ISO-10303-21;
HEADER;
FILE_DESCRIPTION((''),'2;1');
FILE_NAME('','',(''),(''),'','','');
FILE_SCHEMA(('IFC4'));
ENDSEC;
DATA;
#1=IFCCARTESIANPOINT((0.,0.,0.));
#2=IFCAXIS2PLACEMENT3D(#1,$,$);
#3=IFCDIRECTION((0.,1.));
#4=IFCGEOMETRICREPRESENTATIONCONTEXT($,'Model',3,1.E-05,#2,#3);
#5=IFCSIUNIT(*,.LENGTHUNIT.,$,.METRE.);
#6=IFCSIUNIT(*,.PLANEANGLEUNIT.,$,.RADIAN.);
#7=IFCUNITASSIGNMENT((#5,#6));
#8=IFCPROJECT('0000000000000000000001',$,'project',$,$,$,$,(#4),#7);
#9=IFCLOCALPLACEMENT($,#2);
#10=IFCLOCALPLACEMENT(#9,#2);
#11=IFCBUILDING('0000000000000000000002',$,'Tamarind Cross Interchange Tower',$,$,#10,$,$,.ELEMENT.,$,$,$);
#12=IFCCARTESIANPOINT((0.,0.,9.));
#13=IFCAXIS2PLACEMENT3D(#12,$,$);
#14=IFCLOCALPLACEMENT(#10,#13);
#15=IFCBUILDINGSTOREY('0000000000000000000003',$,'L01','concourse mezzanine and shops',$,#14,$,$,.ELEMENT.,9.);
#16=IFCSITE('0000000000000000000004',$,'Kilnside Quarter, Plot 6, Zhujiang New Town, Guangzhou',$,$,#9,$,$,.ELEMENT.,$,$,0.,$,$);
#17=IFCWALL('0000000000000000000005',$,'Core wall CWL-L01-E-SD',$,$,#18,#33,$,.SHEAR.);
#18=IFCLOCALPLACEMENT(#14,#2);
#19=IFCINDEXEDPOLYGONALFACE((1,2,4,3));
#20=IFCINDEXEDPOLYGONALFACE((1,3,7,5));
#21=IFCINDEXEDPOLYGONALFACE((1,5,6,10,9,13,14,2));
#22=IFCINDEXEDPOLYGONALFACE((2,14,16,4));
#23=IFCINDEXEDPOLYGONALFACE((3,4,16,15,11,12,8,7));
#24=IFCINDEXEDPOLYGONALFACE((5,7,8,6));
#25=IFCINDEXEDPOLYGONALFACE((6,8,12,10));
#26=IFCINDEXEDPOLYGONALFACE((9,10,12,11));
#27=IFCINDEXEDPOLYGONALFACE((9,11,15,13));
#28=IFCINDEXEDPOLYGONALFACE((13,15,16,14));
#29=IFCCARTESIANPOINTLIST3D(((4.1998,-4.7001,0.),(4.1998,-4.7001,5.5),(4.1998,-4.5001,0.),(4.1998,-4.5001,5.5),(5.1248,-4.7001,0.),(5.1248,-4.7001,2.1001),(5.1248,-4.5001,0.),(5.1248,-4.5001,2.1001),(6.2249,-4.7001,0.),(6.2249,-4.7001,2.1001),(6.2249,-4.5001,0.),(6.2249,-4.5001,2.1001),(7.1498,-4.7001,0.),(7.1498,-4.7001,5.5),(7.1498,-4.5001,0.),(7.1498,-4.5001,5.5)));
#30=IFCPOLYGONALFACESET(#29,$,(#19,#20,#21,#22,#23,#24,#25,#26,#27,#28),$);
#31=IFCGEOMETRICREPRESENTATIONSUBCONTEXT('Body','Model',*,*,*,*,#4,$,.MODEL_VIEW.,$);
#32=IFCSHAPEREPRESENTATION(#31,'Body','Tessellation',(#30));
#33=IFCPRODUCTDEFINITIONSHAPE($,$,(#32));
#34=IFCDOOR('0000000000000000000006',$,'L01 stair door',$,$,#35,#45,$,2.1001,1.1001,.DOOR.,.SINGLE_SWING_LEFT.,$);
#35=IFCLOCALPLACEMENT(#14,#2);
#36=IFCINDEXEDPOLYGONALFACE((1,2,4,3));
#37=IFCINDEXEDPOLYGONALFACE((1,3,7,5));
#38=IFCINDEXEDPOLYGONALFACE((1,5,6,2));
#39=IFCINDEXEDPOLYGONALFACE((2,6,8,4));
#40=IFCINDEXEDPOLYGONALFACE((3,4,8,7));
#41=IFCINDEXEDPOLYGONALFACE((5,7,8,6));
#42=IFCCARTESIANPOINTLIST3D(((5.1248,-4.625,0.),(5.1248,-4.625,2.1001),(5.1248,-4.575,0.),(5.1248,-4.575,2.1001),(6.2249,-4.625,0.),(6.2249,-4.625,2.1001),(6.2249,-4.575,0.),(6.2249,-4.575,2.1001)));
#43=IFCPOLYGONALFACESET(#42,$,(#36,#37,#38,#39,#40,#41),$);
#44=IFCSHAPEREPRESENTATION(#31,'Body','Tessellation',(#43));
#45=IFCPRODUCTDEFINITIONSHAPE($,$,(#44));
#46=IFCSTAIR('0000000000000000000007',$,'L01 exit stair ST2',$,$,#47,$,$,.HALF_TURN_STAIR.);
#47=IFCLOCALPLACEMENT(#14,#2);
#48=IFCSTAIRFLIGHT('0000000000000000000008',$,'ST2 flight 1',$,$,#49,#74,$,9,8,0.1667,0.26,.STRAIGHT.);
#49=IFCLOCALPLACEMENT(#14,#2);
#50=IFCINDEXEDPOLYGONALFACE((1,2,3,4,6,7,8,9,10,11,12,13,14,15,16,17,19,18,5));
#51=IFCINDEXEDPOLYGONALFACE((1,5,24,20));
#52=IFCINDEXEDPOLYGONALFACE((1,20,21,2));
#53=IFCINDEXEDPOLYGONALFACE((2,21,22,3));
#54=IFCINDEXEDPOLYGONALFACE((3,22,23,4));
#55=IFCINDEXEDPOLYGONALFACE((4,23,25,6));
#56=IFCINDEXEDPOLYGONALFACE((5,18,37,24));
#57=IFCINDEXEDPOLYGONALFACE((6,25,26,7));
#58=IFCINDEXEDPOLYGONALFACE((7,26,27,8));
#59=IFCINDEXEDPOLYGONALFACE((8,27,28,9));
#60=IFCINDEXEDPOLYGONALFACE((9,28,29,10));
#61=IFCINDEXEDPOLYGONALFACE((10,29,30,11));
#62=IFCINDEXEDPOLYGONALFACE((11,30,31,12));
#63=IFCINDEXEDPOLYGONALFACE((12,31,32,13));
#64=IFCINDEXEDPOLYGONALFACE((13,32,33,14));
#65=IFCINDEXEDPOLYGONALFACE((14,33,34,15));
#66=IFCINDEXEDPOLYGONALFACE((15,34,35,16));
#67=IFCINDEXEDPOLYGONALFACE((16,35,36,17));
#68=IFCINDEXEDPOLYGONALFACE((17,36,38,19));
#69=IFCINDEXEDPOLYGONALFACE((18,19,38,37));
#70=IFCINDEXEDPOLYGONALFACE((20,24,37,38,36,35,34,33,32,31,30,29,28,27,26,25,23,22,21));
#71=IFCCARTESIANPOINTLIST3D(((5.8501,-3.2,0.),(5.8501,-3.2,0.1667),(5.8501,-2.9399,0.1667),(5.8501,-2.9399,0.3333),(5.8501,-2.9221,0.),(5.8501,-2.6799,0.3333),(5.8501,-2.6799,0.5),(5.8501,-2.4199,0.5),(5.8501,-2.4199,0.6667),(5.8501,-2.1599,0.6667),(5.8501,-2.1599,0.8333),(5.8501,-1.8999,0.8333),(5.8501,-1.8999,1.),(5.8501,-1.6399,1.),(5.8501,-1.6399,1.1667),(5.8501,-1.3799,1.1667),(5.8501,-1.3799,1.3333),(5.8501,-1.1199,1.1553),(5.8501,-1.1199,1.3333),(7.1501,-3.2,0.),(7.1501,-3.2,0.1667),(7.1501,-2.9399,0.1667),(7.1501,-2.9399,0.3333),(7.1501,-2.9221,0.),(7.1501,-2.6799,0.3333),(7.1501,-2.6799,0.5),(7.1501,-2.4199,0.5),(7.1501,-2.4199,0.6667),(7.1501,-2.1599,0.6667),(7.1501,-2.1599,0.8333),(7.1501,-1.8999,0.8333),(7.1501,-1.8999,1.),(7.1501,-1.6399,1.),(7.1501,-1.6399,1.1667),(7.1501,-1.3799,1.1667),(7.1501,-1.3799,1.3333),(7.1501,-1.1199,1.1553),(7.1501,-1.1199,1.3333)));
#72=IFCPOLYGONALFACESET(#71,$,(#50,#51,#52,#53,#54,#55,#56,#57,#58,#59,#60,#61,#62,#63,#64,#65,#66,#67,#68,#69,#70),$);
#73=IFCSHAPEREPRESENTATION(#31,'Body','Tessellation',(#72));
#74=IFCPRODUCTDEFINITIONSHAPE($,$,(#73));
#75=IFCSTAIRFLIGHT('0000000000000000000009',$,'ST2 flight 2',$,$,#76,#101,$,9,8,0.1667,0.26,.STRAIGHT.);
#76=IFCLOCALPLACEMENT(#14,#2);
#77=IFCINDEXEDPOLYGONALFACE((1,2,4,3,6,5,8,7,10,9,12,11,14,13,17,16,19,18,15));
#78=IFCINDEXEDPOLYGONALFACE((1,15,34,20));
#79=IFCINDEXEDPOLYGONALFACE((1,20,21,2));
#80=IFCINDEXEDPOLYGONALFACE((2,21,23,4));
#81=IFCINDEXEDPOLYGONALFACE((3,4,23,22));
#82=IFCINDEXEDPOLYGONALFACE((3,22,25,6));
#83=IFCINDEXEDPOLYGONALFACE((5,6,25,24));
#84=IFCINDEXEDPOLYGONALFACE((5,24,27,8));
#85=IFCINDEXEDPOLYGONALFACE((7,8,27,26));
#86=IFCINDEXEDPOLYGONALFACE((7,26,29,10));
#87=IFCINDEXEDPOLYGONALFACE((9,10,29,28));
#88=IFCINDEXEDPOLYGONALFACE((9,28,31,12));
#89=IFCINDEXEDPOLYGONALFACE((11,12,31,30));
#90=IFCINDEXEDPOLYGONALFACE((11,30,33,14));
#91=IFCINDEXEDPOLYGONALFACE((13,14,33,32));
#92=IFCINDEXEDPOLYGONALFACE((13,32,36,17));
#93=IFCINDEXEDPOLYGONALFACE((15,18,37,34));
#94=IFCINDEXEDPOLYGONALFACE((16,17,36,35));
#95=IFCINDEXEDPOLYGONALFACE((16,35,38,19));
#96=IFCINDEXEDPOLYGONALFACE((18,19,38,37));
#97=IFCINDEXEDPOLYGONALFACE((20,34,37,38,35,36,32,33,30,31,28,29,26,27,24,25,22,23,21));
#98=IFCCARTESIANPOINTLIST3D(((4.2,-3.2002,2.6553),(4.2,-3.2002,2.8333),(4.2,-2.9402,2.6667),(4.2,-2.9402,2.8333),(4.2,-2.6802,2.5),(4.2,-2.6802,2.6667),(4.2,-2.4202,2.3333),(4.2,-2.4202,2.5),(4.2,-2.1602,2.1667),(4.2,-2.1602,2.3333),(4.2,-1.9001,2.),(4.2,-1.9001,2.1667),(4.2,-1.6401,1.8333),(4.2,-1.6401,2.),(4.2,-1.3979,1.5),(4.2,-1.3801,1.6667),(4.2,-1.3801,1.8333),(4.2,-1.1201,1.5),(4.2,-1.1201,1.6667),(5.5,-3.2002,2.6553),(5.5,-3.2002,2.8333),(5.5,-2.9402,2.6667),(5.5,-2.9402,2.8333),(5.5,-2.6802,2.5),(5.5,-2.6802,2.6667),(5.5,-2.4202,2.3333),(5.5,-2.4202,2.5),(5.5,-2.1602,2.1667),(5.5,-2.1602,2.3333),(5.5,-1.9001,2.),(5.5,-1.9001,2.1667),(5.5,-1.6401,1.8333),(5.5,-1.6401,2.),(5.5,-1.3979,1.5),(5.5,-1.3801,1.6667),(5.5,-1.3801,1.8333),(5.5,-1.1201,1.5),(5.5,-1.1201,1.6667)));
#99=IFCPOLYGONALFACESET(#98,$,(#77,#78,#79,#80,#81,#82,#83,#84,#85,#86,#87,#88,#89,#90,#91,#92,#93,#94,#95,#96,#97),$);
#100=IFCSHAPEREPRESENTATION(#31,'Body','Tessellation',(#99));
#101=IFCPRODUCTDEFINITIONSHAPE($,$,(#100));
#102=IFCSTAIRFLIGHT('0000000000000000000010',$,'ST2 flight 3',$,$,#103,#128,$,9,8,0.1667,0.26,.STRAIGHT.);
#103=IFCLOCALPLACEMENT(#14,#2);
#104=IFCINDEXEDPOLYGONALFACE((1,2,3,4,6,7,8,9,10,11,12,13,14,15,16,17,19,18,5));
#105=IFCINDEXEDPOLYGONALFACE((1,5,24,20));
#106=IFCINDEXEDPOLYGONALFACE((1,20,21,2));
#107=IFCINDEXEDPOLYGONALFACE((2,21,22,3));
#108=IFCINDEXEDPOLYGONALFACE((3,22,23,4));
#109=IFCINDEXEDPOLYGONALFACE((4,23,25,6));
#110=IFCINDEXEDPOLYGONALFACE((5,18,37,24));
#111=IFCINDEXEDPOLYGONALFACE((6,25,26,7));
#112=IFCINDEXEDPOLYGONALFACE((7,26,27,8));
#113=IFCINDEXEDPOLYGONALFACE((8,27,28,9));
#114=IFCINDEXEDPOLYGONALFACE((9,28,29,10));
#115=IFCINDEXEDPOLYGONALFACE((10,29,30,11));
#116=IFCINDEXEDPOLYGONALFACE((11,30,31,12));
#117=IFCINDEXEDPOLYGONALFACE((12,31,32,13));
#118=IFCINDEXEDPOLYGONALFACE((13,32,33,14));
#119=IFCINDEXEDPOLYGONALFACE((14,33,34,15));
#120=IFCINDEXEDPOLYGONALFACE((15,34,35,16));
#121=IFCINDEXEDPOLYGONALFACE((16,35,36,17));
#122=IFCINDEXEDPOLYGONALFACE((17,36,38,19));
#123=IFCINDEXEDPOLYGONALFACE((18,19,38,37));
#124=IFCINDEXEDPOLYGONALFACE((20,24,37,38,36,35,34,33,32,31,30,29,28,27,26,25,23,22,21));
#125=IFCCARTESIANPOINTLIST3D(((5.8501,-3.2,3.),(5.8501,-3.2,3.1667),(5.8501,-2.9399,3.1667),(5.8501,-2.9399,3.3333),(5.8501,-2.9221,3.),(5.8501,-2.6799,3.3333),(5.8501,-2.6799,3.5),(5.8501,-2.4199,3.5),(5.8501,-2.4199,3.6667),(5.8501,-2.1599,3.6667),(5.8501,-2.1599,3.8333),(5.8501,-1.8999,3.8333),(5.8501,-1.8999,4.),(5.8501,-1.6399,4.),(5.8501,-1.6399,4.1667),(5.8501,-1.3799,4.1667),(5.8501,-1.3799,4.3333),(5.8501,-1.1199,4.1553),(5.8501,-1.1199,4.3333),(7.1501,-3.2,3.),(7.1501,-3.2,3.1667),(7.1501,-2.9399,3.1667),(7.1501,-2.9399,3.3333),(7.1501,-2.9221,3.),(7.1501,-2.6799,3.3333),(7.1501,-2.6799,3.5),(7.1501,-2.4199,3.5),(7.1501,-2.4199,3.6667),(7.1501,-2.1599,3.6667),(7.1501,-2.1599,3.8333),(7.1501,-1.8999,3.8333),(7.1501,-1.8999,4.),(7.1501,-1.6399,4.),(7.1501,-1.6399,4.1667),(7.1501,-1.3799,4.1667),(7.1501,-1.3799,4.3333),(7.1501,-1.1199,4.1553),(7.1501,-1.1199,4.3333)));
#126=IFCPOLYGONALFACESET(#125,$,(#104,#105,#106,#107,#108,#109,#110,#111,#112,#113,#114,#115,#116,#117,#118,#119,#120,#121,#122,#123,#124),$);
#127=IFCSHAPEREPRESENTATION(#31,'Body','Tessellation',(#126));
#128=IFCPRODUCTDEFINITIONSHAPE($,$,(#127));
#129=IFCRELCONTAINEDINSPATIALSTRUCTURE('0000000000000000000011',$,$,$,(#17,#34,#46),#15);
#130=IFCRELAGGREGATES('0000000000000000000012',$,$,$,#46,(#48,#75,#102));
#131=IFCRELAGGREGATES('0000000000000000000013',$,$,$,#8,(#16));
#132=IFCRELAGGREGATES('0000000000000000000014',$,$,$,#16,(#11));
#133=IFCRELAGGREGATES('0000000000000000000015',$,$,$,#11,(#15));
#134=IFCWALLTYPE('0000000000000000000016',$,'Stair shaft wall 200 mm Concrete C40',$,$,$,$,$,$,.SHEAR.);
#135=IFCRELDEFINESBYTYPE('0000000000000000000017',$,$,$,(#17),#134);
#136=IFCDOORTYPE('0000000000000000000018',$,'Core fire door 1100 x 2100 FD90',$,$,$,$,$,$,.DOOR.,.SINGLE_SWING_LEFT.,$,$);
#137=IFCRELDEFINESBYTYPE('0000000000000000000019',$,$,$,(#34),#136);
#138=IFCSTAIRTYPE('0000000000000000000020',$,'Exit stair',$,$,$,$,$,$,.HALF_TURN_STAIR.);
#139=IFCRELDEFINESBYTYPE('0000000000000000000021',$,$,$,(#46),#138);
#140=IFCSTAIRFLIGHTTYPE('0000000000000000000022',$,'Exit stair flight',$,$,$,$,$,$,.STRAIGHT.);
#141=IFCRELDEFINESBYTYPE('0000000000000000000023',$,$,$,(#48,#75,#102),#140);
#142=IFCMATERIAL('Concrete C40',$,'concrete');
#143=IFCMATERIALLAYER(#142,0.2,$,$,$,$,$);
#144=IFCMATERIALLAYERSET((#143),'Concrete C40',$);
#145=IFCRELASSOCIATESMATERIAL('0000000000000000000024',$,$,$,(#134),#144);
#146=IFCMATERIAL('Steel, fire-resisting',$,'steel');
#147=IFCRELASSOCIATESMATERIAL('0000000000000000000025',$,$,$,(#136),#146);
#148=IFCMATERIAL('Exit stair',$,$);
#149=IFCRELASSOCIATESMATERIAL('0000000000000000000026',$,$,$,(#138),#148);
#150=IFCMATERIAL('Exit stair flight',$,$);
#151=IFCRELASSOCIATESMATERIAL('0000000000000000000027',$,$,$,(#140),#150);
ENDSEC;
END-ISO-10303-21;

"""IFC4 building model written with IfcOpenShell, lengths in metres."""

from ifc_helpers import new_model, si_unit, direction, frame, frame_2d, origin, place, context, subcontext, project, spatial, polyline, rectangle, outline, extrude, material, layer, layer_set, type_object, element, fill, aggregate, save


model = new_model("IFC4")

# Units and contexts
model_context = context("Model", 3, precision=1e-05, world=origin(), true_north=direction((0.0, 1.0)))
body_context = subcontext(model_context, "Body", "Model", "MODEL_VIEW")
ifc_project = project(units=[si_unit("LENGTHUNIT", "METRE"), si_unit("PLANEANGLEUNIT", "RADIAN")], contexts=[model_context])

# Site, building, storey
site_placement = place(None, origin())
site = spatial("IfcSite", under=ifc_project, at=site_placement, Name="Kilnside Quarter, Plot 6, Zhujiang New Town, Guangzhou", CompositionType="ELEMENT", RefElevation=0.0)
building_placement = place(site_placement, origin())
building = spatial("IfcBuilding", under=site, at=building_placement, Name="Tamarind Cross Interchange Tower", CompositionType="ELEMENT")
storey_placement = place(building_placement, frame((0.0, 0.0, 9.0)))
storey = spatial("IfcBuildingStorey", under=building, at=storey_placement, Name="L01", Description="concourse mezzanine and shops", CompositionType="ELEMENT", Elevation=9.0)

# Wall, opening, door
ifc_material_1 = material(Name="Concrete C40", Category="concrete")
ifc_layer_1 = layer(ifc_material_1, 0.2)
ifc_layer_set_1 = layer_set([ifc_layer_1], Name="Concrete C40")
wall_type_1 = type_object("IfcWallType", Name="Stair shaft wall 200 mm Concrete C40", PredefinedType="SHEAR", material=ifc_layer_set_1)
wall_1_placement = place(storey_placement, frame((7.1499, -4.6001, 0.0), z_axis=(0.0, 0.0, 1.0), x_axis=(-1.0, 0.0, 0.0)))
wall_1 = element("IfcWall", 1, at=wall_1_placement, inside=storey, type_object=wall_type_1, Name="Core wall CWL-L01-E-SD", PredefinedType="SHEAR", context=body_context, shape_type="SweptSolid", body=[
    extrude(rectangle(XDim=2.95, YDim=0.2, at=frame_2d((1.4751, 0.0))), origin(), (0.0, 0.0, 1.0), 5.5),
])
opening_1_placement = place(wall_1_placement, frame((0.925, 0.0, 0.0)))
opening_1 = element("IfcOpeningElement", 2, at=opening_1_placement, cuts=wall_1, PredefinedType="OPENING", context=body_context, shape_type="SweptSolid", body=[
    extrude(rectangle(XDim=1.1001, YDim=2.1001, at=frame_2d((0.55, 1.05))), frame((0.0, 0.1099, 0.0), z_axis=(0.0, -1.0, 0.0), x_axis=(1.0, 0.0, 0.0)), (0.0, 0.0, 1.0), 0.22),
])
ifc_material_2 = material(Name="Steel, fire-resisting", Category="steel")
door_type_1 = type_object("IfcDoorType", Name="Core fire door 1100 x 2100 FD90", OperationType="SINGLE_SWING_LEFT", PredefinedType="DOOR", material=ifc_material_2)
door_1_placement = place(opening_1_placement, origin())
door_1 = element("IfcDoor", 3, at=door_1_placement, inside=storey, type_object=door_type_1, Name="L01 stair door", OperationType="SINGLE_SWING_LEFT", OverallHeight=2.1001, OverallWidth=1.1001, PredefinedType="DOOR", context=body_context, shape_type="SweptSolid", body=[
    extrude(rectangle(XDim=1.1001, YDim=2.1001, at=frame_2d((0.55, 1.05))), frame((0.0, 0.0249, 0.0), z_axis=(0.0, -1.0, 0.0), x_axis=(1.0, 0.0, 0.0)), (0.0, 0.0, 1.0), 0.05),
])
fill(opening_1, door_1)

# Stair, stair flights
ifc_material_3 = material(Name="Exit stair")
stair_type = type_object("IfcStairType", Name="Exit stair", PredefinedType="HALF_TURN_STAIR", material=ifc_material_3)
stair_placement = place(storey_placement, origin())
stair = element("IfcStair", 4, at=stair_placement, inside=storey, type_object=stair_type, Name="L01 exit stair ST2", PredefinedType="HALF_TURN_STAIR")
ifc_material_4 = material(Name="Exit stair flight")
stair_flight_type = type_object("IfcStairFlightType", Name="Exit stair flight", PredefinedType="STRAIGHT", material=ifc_material_4)
stair_flight_1_placement = place(storey_placement, frame((6.5, -3.2, 0.0), z_axis=(0.0, 0.0, 1.0), x_axis=(0.0, 1.0, 0.0)))
stair_flight_1 = element("IfcStairFlight", 5, at=stair_flight_1_placement, type_object=stair_flight_type, Name="ST2 flight 1", NumberOfRisers=9, NumberOfTreads=8, PredefinedType="STRAIGHT", RiserHeight=0.1667, TreadLength=0.26, context=body_context, shape_type="SweptSolid", body=[
    extrude(outline(polyline([(0.0, 0.0), (0.0, 0.1667), (0.26, 0.1667), (0.26, 0.3333), (0.52, 0.3333), (0.52, 0.5), (0.78, 0.5), (0.78, 0.6667), (1.04, 0.6667), (1.04, 0.8333), (1.3, 0.8333), (1.3, 1.0), (1.5601, 1.0), (1.5601, 1.1667), (1.8201, 1.1667), (1.8201, 1.3333), (2.0801, 1.3333), (2.0801, 1.5), (2.0801, 1.1553), (0.2778, 0.0), (0.0, 0.0)])), frame((0.0, 0.6499, 0.0), z_axis=(0.0, -1.0, 0.0), x_axis=(1.0, 0.0, 0.0)), (0.0, 0.0, 1.0), 1.3),
])
stair_flight_2_placement = place(storey_placement, frame((4.8501, -1.1201, 1.5), z_axis=(0.0, 0.0, 1.0), x_axis=(0.0, -1.0, 0.0)))
stair_flight_2 = element("IfcStairFlight", 6, at=stair_flight_2_placement, type_object=stair_flight_type, Name="ST2 flight 2", NumberOfRisers=9, NumberOfTreads=8, PredefinedType="STRAIGHT", RiserHeight=0.1667, TreadLength=0.26, context=body_context, shape_type="SweptSolid", body=[
    extrude(outline(polyline([(0.0, 0.0), (0.0, 0.1667), (0.26, 0.1667), (0.26, 0.3333), (0.52, 0.3333), (0.52, 0.5), (0.78, 0.5), (0.78, 0.6667), (1.04, 0.6667), (1.04, 0.8333), (1.3, 0.8333), (1.3, 1.0), (1.5601, 1.0), (1.5601, 1.1667), (1.8201, 1.1667), (1.8201, 1.3333), (2.0801, 1.3333), (2.0801, 1.5), (2.0801, 1.1553), (0.2778, 0.0), (0.0, 0.0)])), frame((0.0, 0.6499, 0.0), z_axis=(0.0, -1.0, 0.0), x_axis=(1.0, 0.0, 0.0)), (0.0, 0.0, 1.0), 1.3),
])
stair_flight_3_placement = place(storey_placement, frame((6.5, -3.2, 3.0), z_axis=(0.0, 0.0, 1.0), x_axis=(0.0, 1.0, 0.0)))
stair_flight_3 = element("IfcStairFlight", 7, at=stair_flight_3_placement, type_object=stair_flight_type, Name="ST2 flight 3", NumberOfRisers=9, NumberOfTreads=8, PredefinedType="STRAIGHT", RiserHeight=0.1667, TreadLength=0.26, context=body_context, shape_type="SweptSolid", body=[
    extrude(outline(polyline([(0.0, 0.0), (0.0, 0.1667), (0.26, 0.1667), (0.26, 0.3333), (0.52, 0.3333), (0.52, 0.5), (0.78, 0.5), (0.78, 0.6667), (1.04, 0.6667), (1.04, 0.8333), (1.3, 0.8333), (1.3, 1.0), (1.5601, 1.0), (1.5601, 1.1667), (1.8201, 1.1667), (1.8201, 1.3333), (2.0801, 1.3333), (2.0801, 1.5), (2.0801, 1.1553), (0.2778, 0.0), (0.0, 0.0)])), frame((0.0, 0.6499, 0.0), z_axis=(0.0, -1.0, 0.0), x_axis=(1.0, 0.0, 0.0)), (0.0, 0.0, 1.0), 1.3),
])
aggregate(stair, [stair_flight_1, stair_flight_2, stair_flight_3])

save(model, "model.ifc")
